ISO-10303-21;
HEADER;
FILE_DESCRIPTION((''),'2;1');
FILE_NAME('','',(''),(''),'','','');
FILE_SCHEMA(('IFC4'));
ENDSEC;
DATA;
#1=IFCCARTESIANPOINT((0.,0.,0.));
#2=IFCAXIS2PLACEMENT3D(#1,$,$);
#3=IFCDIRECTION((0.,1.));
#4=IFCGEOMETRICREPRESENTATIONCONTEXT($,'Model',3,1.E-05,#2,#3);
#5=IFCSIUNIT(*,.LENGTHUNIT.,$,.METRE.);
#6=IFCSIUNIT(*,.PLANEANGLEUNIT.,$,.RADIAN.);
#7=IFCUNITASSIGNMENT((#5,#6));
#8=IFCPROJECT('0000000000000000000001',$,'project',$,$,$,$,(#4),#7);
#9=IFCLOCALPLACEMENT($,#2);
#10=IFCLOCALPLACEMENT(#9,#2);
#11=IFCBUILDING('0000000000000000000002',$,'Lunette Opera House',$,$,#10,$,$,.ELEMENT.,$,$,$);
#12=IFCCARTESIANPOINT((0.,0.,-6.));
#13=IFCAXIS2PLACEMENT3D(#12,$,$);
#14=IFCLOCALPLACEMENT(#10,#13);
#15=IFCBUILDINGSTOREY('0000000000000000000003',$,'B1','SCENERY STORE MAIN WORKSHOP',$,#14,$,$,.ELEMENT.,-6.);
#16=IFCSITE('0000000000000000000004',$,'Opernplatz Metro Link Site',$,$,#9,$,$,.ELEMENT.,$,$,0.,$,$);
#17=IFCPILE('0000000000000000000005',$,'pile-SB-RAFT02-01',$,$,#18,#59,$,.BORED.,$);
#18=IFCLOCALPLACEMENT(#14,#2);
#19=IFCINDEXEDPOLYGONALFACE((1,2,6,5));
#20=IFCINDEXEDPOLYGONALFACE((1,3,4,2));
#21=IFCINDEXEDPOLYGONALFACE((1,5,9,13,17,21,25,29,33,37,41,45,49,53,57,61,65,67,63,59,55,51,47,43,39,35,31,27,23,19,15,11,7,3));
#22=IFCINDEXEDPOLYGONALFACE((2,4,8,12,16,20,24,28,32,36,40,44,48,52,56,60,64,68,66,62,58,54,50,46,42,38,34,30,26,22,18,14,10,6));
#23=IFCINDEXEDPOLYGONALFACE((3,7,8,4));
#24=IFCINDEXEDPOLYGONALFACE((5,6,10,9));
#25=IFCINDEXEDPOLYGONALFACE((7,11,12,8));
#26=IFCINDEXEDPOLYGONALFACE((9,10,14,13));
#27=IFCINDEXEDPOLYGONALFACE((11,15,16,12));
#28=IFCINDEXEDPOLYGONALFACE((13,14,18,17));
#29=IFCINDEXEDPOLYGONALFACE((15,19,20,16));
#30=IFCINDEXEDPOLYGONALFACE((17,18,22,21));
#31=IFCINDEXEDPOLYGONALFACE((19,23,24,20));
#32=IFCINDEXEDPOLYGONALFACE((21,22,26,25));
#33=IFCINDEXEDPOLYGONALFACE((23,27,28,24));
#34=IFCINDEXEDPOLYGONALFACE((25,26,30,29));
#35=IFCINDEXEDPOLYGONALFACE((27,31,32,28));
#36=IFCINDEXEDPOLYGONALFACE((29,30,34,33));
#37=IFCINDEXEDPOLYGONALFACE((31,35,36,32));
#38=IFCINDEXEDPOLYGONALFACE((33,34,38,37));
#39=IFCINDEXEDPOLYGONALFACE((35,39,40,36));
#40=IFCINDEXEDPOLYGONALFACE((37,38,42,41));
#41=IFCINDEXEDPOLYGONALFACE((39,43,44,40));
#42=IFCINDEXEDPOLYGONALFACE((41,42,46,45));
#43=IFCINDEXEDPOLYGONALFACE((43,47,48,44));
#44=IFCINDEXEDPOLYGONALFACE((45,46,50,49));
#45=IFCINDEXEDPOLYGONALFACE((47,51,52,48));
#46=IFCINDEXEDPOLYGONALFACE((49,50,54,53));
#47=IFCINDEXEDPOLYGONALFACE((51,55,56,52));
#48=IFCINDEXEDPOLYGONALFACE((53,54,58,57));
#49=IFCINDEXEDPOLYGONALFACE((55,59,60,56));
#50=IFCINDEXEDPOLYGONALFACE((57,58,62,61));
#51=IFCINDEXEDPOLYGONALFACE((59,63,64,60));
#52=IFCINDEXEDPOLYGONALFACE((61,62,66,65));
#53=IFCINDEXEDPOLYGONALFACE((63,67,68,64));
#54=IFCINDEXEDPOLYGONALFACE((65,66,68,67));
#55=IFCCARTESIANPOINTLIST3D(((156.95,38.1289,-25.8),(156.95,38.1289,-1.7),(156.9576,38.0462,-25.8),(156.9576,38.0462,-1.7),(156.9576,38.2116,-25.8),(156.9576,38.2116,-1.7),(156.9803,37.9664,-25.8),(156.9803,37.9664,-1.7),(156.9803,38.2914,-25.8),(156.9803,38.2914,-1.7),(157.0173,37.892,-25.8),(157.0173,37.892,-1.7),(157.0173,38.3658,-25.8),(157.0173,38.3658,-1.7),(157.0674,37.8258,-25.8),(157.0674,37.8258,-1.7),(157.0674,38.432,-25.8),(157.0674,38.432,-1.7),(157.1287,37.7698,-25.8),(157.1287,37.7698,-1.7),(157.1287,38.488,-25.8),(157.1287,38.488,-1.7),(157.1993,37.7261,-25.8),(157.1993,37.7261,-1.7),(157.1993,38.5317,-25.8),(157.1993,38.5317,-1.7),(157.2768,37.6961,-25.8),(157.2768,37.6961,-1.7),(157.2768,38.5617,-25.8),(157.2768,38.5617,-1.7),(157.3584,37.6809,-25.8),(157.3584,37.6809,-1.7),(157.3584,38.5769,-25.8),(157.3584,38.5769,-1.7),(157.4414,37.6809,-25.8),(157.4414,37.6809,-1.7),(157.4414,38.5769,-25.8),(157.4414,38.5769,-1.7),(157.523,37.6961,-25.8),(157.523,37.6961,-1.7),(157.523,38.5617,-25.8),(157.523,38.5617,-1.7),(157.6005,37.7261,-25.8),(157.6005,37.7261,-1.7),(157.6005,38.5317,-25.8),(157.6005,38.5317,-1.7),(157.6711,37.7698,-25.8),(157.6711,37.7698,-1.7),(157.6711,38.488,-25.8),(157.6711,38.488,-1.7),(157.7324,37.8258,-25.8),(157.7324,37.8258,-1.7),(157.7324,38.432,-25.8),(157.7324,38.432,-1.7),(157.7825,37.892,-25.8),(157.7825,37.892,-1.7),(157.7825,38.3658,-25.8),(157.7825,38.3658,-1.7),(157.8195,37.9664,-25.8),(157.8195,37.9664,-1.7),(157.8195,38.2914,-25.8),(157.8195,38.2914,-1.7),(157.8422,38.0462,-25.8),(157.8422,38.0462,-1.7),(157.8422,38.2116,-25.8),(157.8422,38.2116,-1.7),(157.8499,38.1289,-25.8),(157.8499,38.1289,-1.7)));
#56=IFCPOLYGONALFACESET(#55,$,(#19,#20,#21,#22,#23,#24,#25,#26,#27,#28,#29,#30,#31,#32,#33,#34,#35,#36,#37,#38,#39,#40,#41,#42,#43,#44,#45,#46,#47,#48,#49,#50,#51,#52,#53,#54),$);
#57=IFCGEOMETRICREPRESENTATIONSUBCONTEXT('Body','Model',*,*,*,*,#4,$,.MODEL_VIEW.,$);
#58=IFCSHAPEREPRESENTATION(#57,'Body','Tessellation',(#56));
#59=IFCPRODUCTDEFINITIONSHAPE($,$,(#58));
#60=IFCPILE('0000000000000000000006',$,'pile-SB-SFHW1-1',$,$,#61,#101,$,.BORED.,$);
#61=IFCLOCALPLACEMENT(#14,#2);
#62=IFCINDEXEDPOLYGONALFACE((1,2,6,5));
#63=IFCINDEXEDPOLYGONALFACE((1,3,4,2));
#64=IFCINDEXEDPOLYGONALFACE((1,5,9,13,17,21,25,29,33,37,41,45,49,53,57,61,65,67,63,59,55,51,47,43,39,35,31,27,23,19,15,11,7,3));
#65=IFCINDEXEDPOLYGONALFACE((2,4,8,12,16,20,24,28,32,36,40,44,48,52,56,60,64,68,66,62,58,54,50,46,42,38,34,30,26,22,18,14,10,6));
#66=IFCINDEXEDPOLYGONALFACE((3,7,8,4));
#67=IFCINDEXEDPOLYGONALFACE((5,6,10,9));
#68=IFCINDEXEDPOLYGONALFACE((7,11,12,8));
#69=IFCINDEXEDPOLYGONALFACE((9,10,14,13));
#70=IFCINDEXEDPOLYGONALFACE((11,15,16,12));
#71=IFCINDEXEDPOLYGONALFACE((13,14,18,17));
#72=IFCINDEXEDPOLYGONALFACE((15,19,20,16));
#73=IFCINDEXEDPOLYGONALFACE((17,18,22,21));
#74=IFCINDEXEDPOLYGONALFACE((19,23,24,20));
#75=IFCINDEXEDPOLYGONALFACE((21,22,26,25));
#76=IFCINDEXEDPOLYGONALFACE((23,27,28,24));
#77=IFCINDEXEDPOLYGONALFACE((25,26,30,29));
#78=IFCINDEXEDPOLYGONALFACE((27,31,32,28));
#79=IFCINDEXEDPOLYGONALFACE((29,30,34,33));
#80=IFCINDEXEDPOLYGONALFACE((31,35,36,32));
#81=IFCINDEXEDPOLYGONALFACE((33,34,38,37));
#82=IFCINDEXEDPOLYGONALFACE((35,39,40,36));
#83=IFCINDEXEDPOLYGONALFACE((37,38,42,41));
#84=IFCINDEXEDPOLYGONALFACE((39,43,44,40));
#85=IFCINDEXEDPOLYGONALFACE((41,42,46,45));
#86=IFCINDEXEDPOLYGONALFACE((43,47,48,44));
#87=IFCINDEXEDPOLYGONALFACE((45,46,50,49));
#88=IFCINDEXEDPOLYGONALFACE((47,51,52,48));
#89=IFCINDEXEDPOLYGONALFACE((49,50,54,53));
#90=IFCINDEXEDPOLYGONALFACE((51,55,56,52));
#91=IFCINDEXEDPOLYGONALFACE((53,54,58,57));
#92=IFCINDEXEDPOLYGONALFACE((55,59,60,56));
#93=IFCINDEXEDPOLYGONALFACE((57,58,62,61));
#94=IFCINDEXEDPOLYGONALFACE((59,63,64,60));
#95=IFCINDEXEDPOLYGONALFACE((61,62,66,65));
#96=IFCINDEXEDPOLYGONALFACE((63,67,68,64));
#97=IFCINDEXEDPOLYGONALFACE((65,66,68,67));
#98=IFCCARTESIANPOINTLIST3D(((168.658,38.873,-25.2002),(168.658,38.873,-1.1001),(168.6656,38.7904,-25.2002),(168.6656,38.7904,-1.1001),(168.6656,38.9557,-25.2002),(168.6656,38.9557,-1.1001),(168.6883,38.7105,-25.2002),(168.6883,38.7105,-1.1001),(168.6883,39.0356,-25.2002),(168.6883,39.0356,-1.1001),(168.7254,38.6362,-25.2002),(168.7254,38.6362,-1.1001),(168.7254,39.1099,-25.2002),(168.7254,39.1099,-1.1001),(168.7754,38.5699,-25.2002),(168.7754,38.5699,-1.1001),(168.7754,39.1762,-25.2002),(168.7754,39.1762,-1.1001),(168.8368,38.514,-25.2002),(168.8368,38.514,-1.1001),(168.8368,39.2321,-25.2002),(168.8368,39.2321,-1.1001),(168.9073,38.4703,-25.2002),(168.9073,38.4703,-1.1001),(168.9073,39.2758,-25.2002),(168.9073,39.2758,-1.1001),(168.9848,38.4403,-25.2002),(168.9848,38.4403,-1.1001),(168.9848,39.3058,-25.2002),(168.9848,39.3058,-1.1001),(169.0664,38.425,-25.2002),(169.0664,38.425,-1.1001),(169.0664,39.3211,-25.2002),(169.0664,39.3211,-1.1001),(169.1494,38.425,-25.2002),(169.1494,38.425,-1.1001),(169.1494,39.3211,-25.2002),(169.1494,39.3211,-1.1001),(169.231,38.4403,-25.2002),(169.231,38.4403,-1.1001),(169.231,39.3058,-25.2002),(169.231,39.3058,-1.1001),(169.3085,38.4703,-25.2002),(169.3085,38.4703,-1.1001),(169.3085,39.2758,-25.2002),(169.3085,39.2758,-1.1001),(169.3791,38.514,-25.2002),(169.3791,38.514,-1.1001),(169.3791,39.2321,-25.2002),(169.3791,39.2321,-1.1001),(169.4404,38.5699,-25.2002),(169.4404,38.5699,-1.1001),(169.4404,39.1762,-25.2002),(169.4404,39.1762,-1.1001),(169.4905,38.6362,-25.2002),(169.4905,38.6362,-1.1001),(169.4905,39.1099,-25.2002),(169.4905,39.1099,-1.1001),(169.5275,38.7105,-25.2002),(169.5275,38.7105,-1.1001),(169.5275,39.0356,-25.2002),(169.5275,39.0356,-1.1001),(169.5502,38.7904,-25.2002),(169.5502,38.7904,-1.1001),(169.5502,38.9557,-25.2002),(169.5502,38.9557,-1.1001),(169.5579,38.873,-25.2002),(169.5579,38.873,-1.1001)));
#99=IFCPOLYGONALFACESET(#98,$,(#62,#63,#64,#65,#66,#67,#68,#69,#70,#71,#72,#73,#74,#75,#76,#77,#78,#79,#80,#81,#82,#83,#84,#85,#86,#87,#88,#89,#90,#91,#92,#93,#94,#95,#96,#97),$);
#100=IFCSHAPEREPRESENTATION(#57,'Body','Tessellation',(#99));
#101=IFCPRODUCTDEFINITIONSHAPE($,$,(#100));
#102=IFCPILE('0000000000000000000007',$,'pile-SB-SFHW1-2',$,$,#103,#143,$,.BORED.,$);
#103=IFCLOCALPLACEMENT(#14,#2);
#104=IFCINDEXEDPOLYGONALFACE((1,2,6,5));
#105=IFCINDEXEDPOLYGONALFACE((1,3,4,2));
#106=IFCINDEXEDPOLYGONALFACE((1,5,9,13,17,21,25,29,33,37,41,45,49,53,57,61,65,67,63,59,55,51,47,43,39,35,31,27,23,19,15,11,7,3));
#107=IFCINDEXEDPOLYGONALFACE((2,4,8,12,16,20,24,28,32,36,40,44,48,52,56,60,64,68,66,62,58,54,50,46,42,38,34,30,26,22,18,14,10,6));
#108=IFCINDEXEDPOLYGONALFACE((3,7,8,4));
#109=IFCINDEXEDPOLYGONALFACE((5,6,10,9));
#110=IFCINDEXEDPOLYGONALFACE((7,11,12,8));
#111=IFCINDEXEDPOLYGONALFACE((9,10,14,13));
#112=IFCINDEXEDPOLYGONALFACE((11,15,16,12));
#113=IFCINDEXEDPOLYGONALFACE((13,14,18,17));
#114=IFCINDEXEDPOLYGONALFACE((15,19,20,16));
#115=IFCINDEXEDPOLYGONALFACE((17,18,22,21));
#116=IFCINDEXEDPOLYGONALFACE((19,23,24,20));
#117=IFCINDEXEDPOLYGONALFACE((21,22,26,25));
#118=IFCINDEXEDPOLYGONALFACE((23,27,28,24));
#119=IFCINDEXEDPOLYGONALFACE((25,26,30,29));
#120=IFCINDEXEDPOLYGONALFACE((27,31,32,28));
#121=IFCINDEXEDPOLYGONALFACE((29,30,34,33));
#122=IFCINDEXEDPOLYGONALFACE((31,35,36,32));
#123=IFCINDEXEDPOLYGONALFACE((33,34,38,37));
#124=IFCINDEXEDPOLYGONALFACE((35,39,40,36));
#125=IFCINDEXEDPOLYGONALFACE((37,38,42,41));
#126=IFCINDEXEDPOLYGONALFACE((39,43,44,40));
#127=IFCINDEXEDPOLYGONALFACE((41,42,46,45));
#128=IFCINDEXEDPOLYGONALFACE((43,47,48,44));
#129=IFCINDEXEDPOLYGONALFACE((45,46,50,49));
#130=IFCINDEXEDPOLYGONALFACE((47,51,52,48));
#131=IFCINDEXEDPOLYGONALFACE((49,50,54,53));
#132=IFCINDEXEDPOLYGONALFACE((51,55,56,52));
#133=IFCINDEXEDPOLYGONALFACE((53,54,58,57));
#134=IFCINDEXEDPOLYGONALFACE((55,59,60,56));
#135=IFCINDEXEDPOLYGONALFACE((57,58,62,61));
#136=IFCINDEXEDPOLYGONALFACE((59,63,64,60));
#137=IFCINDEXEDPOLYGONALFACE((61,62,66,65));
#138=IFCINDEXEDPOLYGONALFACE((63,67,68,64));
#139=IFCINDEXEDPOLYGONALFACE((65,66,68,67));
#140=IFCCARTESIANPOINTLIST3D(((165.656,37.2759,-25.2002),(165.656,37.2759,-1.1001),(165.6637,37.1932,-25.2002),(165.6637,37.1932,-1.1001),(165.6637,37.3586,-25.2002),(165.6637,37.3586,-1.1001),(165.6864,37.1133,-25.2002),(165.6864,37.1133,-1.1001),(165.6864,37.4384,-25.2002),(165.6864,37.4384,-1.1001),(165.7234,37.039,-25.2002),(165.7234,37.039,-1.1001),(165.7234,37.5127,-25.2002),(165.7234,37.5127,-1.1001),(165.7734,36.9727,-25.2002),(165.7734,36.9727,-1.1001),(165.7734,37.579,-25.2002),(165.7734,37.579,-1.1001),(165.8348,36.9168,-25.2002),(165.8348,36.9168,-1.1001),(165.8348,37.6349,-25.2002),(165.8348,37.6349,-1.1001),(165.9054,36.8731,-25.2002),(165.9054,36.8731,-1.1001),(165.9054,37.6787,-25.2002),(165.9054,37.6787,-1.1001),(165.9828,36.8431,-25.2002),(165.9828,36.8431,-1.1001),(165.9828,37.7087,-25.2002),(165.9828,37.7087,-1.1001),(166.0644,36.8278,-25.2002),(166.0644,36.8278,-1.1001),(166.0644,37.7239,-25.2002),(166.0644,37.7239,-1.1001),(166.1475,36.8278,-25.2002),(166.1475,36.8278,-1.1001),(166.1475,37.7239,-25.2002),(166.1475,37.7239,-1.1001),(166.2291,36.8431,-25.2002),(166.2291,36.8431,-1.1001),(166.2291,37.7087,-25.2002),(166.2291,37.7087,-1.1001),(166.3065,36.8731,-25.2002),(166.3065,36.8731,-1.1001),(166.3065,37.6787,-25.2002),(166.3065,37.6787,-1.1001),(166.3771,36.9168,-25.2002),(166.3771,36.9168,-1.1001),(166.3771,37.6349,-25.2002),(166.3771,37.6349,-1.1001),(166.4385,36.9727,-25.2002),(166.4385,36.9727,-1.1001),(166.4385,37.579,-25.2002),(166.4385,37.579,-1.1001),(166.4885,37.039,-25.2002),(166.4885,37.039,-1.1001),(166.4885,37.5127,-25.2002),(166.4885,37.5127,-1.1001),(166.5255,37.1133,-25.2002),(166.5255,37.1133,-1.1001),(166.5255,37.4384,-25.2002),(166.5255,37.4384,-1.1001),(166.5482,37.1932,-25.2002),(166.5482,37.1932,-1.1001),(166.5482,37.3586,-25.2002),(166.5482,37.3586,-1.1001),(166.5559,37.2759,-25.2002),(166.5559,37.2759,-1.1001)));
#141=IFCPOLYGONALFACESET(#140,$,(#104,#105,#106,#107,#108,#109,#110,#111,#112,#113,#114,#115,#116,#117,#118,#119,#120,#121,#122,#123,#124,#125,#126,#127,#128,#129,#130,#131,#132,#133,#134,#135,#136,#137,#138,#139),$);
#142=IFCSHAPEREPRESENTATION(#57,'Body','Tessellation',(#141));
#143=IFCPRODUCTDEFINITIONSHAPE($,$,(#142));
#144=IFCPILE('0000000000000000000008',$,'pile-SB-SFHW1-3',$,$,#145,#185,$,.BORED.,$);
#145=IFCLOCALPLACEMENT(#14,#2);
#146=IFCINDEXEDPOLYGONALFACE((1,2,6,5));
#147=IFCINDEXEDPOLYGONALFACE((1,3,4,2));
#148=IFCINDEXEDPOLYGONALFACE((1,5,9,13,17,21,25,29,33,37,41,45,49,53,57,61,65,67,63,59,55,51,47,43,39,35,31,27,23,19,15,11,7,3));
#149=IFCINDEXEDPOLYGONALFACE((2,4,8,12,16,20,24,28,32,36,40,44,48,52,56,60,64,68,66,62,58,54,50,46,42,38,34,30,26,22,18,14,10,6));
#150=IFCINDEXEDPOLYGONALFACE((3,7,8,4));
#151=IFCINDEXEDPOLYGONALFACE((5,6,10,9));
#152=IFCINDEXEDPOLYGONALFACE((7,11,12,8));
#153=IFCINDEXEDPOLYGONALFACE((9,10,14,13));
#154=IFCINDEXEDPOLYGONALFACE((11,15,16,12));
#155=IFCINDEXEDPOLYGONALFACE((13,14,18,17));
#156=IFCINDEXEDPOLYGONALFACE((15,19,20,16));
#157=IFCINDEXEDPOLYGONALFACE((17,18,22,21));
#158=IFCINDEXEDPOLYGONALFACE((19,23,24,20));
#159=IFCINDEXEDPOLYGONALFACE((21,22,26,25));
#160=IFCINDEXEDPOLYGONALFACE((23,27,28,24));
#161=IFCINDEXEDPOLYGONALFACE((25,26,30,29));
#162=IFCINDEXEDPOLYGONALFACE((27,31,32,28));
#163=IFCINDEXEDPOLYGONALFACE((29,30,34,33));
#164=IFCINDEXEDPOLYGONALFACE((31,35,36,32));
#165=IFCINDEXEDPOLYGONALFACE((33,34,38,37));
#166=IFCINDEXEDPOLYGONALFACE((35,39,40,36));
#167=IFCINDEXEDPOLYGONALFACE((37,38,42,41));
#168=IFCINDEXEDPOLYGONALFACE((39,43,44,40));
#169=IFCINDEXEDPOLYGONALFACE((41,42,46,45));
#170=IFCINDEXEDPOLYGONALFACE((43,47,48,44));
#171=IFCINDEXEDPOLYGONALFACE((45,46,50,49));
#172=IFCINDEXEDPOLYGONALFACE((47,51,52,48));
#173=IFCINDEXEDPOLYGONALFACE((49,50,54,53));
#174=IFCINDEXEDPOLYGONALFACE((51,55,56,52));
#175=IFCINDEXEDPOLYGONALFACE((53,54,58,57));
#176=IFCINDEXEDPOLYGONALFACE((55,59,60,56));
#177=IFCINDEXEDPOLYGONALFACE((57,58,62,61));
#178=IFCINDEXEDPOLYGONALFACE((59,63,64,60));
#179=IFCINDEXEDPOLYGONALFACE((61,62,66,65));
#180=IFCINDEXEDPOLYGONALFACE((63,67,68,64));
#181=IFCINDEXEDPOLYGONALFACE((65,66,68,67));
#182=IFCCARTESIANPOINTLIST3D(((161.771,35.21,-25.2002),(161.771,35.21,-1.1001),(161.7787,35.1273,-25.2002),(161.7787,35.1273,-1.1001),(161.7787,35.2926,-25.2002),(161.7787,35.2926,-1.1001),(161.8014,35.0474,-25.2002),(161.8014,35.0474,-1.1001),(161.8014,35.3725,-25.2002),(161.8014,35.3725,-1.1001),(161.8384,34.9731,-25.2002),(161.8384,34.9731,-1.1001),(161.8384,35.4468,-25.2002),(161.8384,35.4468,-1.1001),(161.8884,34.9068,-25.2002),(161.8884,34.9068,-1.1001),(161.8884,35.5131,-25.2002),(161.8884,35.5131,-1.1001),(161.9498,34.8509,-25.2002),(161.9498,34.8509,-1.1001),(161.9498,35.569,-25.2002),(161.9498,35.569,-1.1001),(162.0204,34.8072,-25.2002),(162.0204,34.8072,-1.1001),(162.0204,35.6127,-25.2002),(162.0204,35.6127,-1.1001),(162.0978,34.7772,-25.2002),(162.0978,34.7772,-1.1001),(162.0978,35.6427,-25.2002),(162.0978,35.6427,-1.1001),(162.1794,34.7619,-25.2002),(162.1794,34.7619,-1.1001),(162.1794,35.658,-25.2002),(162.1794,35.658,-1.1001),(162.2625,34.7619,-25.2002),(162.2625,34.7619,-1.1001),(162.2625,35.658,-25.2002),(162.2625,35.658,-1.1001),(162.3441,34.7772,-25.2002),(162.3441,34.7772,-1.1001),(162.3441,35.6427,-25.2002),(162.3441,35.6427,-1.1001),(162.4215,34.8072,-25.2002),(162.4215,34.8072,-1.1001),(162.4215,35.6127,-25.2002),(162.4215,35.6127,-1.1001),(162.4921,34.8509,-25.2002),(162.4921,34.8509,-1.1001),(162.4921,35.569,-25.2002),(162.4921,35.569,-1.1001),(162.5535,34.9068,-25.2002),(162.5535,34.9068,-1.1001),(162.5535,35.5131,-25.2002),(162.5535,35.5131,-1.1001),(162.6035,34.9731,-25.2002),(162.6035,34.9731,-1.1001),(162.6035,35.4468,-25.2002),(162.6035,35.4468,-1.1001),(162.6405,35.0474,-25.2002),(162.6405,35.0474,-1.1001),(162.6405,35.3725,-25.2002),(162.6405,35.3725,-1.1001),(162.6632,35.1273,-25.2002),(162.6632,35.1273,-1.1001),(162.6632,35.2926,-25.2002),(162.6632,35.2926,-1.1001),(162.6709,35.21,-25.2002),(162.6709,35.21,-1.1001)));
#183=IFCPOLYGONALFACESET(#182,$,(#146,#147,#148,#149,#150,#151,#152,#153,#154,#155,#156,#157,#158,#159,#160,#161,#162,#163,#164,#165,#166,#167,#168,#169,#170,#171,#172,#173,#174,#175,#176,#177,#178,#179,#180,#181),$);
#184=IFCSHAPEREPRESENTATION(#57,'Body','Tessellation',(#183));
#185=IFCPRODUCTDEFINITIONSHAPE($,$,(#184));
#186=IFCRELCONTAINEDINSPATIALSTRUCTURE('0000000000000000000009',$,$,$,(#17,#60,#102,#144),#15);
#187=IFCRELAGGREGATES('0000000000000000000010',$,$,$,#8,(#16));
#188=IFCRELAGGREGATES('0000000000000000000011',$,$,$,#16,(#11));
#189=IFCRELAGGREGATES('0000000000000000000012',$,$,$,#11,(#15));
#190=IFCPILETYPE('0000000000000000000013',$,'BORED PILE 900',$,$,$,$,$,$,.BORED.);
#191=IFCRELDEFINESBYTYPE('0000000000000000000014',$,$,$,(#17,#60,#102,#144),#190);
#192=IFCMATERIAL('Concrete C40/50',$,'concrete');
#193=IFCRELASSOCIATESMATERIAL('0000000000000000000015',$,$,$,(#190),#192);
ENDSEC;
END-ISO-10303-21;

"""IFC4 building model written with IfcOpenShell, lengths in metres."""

from ifc_helpers import new_model, si_unit, direction, frame, origin, origin_2d, place, context, subcontext, project, spatial, circle, extrude, material, material_profile, profile_set, type_object, element, save


model = new_model("IFC4")

# Units and contexts
model_context = context("Model", 3, precision=1e-05, world=origin(), true_north=direction((0.0, 1.0)))
body_context = subcontext(model_context, "Body", "Model", "MODEL_VIEW")
ifc_project = project(units=[si_unit("LENGTHUNIT", "METRE"), si_unit("PLANEANGLEUNIT", "RADIAN")], contexts=[model_context])

# Site, building, storey
site_placement = place(None, origin())
site = spatial("IfcSite", under=ifc_project, at=site_placement, Name="Opernplatz Metro Link Site", CompositionType="ELEMENT", RefElevation=0.0)
building_placement = place(site_placement, origin())
building = spatial("IfcBuilding", under=site, at=building_placement, Name="Lunette Opera House", CompositionType="ELEMENT")
storey_placement = place(building_placement, frame((0.0, 0.0, -6.0)))
storey = spatial("IfcBuildingStorey", under=building, at=storey_placement, Name="B1", Description="SCENERY STORE MAIN WORKSHOP", CompositionType="ELEMENT", Elevation=-6.0)

# Piles
ifc_material_1 = material(Name="Concrete C40/50", Category="concrete")
ifc_material_profile = material_profile(ifc_material_1, circle(Radius=0.45, at=origin_2d()), Name="BORED PILE 900")
ifc_profile_set = profile_set([ifc_material_profile], Name="Concrete C40/50")
pile_type = type_object("IfcPileType", Name="BORED PILE 900", PredefinedType="BORED", material=ifc_profile_set)
for number, where, z_axis, x_axis, name in (
    (1, (157.3999, 38.1289, -1.7), (0.0, 0.0, -1.0), (1.0, 0.0, 0.0), "pile-SB-RAFT02-01"),
    (2, (169.1079, 38.873, -1.1001), (0.0, 0.0, -1.0), (1.0, 0.0, 0.0), "pile-SB-SFHW1-1"),
    (3, (166.106, 37.2759, -1.1001), (0.0, 0.0, -1.0), (1.0, 0.0, 0.0), "pile-SB-SFHW1-2"),
    (4, (162.2209, 35.21, -1.1001), (0.0, 0.0, -1.0), (1.0, 0.0, 0.0), "pile-SB-SFHW1-3"),
):
    element("IfcPile", number, at=place(storey_placement, frame(where, z_axis=z_axis, x_axis=x_axis)), inside=storey, type_object=pile_type, Name=name, PredefinedType="BORED", context=body_context, shape_type="SweptSolid", body=[
        extrude(circle(Radius=0.45, at=origin_2d()), origin(), (0.0, 0.0, 1.0), 24.1001),
    ])

save(model, "model.ifc")
